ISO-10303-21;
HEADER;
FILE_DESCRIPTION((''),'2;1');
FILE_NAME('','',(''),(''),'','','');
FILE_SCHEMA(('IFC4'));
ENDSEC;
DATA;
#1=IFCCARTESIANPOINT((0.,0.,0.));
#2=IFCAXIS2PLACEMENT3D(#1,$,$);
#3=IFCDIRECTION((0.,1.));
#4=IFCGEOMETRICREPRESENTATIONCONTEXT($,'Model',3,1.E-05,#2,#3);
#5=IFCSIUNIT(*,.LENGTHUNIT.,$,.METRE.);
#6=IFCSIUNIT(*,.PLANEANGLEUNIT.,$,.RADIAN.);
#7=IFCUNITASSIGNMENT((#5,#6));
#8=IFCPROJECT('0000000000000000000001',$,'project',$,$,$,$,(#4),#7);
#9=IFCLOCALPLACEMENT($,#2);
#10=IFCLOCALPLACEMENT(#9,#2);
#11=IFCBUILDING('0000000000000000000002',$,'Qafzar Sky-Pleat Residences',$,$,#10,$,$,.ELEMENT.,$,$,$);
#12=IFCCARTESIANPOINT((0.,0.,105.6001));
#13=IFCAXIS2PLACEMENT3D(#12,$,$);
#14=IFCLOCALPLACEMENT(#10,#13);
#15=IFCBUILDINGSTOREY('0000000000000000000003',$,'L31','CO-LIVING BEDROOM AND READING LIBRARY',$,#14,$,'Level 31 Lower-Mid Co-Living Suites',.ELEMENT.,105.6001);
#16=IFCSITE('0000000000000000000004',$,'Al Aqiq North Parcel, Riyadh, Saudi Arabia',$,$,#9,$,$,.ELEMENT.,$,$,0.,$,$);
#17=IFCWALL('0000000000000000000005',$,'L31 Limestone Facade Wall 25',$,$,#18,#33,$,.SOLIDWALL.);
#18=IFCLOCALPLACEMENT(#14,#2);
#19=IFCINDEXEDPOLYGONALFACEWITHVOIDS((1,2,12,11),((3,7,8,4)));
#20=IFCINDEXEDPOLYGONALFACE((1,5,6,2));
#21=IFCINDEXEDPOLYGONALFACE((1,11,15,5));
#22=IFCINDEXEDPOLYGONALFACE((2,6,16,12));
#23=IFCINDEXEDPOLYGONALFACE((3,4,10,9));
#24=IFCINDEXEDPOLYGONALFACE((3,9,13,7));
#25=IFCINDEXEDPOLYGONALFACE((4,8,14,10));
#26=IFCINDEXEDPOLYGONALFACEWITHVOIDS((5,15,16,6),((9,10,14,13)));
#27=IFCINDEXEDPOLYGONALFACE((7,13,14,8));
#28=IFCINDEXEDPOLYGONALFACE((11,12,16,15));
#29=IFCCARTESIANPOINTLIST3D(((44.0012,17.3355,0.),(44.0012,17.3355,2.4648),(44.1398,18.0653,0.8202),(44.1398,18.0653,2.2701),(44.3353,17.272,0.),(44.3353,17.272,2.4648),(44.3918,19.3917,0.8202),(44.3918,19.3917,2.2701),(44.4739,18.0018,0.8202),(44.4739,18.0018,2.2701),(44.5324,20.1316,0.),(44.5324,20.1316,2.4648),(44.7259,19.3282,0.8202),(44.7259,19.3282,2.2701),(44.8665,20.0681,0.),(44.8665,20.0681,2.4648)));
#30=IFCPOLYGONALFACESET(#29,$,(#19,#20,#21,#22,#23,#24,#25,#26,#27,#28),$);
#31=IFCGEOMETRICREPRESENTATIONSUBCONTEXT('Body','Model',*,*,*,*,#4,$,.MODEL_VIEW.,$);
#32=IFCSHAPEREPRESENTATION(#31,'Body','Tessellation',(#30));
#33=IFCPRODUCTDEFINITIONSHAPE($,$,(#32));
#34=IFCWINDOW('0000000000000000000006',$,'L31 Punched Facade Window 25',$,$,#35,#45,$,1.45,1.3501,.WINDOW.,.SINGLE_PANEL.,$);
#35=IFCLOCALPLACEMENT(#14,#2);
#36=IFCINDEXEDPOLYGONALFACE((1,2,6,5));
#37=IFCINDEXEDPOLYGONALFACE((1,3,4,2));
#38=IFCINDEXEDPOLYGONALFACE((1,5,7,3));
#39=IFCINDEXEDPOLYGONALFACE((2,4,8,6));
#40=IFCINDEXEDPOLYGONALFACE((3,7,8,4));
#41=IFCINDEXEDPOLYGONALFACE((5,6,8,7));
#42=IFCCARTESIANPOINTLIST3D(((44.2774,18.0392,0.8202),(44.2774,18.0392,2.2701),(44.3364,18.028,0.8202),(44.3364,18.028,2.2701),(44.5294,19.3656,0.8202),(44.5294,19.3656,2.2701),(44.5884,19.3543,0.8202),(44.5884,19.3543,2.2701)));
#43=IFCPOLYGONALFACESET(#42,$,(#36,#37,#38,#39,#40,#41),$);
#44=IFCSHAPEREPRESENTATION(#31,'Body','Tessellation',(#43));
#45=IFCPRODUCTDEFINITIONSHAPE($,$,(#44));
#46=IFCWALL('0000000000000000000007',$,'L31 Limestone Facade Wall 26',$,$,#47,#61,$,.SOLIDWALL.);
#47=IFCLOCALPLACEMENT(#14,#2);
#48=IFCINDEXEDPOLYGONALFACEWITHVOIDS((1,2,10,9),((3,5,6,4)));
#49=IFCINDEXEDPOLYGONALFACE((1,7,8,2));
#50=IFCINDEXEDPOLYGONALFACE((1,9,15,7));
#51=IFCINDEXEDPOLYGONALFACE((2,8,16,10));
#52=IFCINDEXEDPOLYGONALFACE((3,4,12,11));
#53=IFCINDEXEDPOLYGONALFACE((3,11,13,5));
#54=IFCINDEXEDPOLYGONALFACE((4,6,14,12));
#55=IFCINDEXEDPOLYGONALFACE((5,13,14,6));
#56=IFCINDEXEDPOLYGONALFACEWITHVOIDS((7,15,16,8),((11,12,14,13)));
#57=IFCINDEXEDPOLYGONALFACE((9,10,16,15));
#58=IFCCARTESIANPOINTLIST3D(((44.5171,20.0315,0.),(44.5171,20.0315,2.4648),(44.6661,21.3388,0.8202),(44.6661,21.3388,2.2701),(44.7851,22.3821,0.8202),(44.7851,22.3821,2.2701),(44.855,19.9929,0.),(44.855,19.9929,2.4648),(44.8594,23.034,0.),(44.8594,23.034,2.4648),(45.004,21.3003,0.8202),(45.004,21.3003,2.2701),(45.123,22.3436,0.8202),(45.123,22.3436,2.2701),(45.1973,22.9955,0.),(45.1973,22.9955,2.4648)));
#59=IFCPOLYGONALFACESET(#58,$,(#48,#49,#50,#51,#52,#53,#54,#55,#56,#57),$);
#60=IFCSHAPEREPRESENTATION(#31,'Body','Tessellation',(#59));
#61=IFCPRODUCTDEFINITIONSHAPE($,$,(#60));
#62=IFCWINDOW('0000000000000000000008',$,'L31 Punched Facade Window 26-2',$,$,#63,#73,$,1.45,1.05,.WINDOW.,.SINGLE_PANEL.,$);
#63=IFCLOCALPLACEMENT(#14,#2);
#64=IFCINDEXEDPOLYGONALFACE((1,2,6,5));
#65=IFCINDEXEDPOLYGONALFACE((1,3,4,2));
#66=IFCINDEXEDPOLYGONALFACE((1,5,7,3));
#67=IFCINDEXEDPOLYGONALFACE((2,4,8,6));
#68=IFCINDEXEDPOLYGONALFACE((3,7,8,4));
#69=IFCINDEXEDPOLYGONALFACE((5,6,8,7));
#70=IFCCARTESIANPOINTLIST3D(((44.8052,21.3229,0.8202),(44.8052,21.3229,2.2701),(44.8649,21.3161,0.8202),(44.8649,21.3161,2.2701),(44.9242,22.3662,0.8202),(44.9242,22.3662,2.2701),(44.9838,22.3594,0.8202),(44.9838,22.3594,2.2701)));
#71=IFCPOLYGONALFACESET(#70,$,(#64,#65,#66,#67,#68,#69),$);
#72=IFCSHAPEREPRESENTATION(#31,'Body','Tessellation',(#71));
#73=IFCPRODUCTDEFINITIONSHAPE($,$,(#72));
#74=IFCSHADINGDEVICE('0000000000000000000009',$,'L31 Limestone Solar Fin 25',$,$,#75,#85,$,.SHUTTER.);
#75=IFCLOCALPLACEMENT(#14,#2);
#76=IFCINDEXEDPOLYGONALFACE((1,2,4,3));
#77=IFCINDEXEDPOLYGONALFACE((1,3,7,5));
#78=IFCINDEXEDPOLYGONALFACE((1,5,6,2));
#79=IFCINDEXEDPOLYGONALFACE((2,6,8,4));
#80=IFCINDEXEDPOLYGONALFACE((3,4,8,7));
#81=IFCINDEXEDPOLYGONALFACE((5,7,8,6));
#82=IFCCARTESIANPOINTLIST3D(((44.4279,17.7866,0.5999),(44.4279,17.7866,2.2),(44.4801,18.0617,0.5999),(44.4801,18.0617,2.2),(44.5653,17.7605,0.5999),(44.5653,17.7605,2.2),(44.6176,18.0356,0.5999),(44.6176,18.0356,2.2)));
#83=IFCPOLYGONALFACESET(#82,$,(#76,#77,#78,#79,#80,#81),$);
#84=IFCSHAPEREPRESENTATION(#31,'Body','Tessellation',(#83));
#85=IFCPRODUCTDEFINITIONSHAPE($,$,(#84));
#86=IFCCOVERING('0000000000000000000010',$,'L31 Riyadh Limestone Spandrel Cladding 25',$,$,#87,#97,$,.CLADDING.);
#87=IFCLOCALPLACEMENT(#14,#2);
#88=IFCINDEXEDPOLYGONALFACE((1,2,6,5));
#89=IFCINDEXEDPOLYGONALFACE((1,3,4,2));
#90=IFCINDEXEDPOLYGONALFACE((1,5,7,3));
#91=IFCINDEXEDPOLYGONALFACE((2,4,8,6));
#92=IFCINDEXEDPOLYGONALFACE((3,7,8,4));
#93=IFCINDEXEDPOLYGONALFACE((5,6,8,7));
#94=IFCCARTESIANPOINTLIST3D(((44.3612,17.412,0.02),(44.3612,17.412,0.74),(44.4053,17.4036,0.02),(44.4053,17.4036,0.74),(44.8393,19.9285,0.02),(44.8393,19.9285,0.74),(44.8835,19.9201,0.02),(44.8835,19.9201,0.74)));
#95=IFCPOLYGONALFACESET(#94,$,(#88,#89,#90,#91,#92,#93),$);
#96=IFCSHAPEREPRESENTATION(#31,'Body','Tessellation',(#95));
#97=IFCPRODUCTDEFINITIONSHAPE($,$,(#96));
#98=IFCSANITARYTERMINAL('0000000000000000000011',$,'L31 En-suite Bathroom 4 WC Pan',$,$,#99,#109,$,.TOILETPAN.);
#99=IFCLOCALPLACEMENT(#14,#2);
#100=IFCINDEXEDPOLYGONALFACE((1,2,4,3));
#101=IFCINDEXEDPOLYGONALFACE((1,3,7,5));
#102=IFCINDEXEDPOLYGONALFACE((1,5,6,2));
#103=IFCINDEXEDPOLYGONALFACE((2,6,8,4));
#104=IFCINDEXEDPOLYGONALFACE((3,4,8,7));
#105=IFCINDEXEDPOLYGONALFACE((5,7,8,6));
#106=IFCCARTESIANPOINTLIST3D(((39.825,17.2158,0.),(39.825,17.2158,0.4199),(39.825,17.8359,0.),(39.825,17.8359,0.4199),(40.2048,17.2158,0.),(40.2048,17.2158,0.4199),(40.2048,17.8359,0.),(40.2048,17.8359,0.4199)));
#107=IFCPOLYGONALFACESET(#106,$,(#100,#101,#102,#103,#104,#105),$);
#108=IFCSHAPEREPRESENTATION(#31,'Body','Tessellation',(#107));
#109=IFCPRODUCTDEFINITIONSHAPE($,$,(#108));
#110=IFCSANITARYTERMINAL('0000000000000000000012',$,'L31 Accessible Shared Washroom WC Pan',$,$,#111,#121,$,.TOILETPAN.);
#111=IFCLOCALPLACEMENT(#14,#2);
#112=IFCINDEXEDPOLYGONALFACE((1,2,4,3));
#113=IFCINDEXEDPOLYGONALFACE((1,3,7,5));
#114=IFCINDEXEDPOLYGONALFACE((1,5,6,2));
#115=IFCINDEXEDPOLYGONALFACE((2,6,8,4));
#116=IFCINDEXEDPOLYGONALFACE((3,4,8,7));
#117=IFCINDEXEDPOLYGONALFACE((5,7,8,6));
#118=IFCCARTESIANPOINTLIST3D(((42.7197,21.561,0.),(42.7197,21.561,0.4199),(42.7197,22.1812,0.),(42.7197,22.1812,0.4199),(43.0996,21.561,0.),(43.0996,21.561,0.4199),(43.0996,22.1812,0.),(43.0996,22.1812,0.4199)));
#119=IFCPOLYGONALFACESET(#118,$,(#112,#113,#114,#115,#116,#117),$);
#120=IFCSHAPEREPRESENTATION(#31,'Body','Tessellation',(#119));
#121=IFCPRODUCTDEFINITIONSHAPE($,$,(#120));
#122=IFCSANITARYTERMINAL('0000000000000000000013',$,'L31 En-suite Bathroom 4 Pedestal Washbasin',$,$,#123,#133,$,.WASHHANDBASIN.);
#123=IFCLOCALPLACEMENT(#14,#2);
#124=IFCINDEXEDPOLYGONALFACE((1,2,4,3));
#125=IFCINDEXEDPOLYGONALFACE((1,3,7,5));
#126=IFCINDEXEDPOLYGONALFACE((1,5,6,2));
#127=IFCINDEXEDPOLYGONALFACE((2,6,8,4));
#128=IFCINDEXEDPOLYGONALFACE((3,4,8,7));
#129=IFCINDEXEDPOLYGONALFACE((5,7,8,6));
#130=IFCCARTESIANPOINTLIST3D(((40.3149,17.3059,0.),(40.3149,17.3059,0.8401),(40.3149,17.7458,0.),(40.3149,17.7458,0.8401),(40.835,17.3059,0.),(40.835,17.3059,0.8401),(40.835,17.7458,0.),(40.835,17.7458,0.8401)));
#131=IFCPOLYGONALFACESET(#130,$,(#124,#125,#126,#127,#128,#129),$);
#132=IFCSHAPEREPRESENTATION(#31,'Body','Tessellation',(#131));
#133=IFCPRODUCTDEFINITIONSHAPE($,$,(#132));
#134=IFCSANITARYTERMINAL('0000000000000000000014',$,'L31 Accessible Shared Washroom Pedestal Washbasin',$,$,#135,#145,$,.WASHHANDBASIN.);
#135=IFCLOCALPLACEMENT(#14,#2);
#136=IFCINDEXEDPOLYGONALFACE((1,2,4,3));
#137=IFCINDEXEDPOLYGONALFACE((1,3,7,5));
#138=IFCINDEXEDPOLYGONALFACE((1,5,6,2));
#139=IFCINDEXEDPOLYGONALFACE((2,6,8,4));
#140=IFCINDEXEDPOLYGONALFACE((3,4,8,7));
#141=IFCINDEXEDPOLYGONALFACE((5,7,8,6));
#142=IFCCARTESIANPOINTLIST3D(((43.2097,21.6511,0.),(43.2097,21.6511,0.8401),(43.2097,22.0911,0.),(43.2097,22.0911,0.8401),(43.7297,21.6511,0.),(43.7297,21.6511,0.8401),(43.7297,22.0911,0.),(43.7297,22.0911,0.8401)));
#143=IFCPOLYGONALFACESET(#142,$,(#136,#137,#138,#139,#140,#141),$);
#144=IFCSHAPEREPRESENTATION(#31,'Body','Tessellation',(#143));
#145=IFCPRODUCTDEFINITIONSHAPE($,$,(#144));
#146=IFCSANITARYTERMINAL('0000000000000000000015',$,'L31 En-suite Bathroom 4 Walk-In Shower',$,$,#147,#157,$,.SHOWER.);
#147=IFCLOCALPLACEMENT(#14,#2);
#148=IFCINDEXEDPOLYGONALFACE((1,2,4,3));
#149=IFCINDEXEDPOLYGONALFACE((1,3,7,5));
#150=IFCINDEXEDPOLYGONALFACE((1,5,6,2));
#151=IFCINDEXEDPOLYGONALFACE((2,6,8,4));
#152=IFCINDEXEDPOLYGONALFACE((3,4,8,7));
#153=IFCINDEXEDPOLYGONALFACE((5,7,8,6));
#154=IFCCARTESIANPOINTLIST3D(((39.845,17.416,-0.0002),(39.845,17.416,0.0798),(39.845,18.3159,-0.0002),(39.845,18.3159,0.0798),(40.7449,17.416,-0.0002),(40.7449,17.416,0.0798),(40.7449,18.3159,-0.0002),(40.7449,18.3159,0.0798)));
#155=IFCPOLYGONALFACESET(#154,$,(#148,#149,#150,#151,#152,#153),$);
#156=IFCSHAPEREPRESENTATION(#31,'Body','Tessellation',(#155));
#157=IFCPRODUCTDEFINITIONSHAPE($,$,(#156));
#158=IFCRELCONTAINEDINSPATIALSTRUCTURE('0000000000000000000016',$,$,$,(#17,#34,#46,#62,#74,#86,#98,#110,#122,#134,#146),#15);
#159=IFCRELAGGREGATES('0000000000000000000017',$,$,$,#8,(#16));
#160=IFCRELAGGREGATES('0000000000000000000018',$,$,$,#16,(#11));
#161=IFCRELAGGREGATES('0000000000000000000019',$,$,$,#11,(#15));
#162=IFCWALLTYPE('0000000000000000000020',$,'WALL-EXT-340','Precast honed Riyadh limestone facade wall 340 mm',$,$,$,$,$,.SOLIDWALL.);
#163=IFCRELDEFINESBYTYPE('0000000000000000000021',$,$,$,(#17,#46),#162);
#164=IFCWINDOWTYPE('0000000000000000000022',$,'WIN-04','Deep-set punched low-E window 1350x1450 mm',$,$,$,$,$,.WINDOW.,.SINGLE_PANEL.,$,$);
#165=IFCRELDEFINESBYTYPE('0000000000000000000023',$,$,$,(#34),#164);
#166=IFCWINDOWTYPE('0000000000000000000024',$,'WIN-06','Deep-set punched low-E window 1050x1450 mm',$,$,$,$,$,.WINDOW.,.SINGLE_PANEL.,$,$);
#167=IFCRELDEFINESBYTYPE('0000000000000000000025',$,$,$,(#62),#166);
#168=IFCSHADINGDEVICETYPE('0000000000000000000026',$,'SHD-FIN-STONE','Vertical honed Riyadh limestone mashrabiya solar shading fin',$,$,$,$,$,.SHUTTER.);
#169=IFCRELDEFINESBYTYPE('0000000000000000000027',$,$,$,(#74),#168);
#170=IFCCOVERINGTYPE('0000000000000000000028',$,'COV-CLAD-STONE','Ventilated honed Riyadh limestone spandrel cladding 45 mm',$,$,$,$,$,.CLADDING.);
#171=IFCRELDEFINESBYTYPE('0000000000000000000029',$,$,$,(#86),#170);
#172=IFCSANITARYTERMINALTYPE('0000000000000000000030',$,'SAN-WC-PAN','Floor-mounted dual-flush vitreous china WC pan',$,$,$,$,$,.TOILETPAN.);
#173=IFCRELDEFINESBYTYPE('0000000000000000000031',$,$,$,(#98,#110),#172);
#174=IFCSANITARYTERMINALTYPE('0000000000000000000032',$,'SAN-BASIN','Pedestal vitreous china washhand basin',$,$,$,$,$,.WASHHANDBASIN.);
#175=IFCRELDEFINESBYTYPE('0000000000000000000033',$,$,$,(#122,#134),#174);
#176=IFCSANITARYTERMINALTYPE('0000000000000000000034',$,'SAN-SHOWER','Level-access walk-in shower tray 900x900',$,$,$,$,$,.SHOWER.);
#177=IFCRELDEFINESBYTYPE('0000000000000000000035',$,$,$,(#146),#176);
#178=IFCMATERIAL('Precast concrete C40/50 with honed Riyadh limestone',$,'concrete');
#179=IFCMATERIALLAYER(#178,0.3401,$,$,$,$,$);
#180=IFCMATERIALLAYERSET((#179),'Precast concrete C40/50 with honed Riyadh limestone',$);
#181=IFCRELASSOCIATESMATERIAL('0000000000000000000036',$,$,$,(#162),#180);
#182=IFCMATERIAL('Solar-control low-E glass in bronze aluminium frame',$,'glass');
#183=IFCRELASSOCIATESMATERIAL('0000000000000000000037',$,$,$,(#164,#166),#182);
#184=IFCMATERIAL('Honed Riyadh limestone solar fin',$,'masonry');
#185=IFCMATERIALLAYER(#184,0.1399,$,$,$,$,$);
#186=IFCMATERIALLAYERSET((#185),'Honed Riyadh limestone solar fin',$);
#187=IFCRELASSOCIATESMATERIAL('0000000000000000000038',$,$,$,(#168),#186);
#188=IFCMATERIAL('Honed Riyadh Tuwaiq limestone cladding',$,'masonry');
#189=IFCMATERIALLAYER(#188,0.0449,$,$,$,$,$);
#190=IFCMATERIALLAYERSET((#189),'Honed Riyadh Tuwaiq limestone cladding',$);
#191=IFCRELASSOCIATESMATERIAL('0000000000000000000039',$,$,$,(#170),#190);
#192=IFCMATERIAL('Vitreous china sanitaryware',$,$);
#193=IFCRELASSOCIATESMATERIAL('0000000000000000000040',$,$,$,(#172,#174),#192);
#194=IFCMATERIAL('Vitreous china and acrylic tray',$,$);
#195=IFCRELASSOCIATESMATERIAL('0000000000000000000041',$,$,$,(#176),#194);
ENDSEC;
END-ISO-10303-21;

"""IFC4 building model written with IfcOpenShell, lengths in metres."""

from ifc_helpers import new_model, si_unit, direction, frame, frame_2d, origin, origin_2d, place, context, subcontext, project, spatial, rectangle, extrude, source, transform, mapped, material, layer, layer_set, type_object, element, fill, save


model = new_model("IFC4")

# Units and contexts
model_context = context("Model", 3, precision=1e-05, world=origin(), true_north=direction((0.0, 1.0)))
body_context = subcontext(model_context, "Body", "Model", "MODEL_VIEW")
ifc_project = project(units=[si_unit("LENGTHUNIT", "METRE"), si_unit("PLANEANGLEUNIT", "RADIAN")], contexts=[model_context])

# Site, building, storey
site_placement = place(None, origin())
site = spatial("IfcSite", under=ifc_project, at=site_placement, Name="Al Aqiq North Parcel, Riyadh, Saudi Arabia", CompositionType="ELEMENT", RefElevation=0.0)
building_placement = place(site_placement, origin())
building = spatial("IfcBuilding", under=site, at=building_placement, Name="Qafzar Sky-Pleat Residences", CompositionType="ELEMENT")
storey_placement = place(building_placement, frame((0.0, 0.0, 105.6001)))
storey = spatial("IfcBuildingStorey", under=building, at=storey_placement, Name="L31", Description="CO-LIVING BEDROOM AND READING LIBRARY", LongName="Level 31 Lower-Mid Co-Living Suites", CompositionType="ELEMENT", Elevation=105.6001)

# Walls, openings, windows
ifc_material_1 = material(Name="Precast concrete C40/50 with honed Riyadh limestone", Category="concrete")
ifc_layer_1 = layer(ifc_material_1, 0.3401)
ifc_layer_set_1 = layer_set([ifc_layer_1], Name="Precast concrete C40/50 with honed Riyadh limestone")
wall_type_1 = type_object("IfcWallType", Name="WALL-EXT-340", Description="Precast honed Riyadh limestone facade wall 340 mm", PredefinedType="SOLIDWALL", material=ifc_layer_set_1)
wall_1_placement = place(storey_placement, frame((44.1682, 17.3037, 0.0), z_axis=(0.0, 0.0, 1.0), x_axis=(0.186655, 0.982426, 0.0)))
wall_1 = element("IfcWall", 1, at=wall_1_placement, inside=storey, type_object=wall_type_1, Name="L31 Limestone Facade Wall 25", PredefinedType="SOLIDWALL", context=body_context, shape_type="SweptSolid", body=[
    extrude(rectangle(XDim=2.8462, YDim=0.3401, at=frame_2d((1.4231, 0.0))), origin(), (0.0, 0.0, 1.0), 2.4648),
])
opening_1_placement = place(wall_1_placement, frame((0.7429, 0.0, 0.8201)))
opening_1 = element("IfcOpeningElement", 2, at=opening_1_placement, cuts=wall_1, PredefinedType="OPENING", context=body_context, shape_type="SweptSolid", body=[
    extrude(rectangle(XDim=1.3501, YDim=1.45, at=frame_2d((0.675, 0.7251))), frame((0.0, 0.1802, 0.0), z_axis=(0.0, -1.0, 0.0), x_axis=(1.0, 0.0, 0.0)), (0.0, 0.0, 1.0), 0.3601),
])
ifc_material_2 = material(Name="Solar-control low-E glass in bronze aluminium frame", Category="glass")
window_type_1 = type_object("IfcWindowType", Name="WIN-04", Description="Deep-set punched low-E window 1350x1450 mm", PartitioningType="SINGLE_PANEL", PredefinedType="WINDOW", material=ifc_material_2)
shared_shape_1 = source(origin(), body_context, "Body", "SweptSolid", [
    extrude(rectangle(XDim=1.3501, YDim=1.45, at=frame_2d((0.675, 0.7251))), frame((0.0, 0.03, 0.0), z_axis=(0.0, -1.0, 0.0), x_axis=(1.0, 0.0, 0.0)), (0.0, 0.0, 1.0), 0.0601),
])
window_1_placement = place(opening_1_placement, origin())
window_1 = element("IfcWindow", 3, at=window_1_placement, inside=storey, type_object=window_type_1, Name="L31 Punched Facade Window 25", OverallHeight=1.45, OverallWidth=1.3501, PartitioningType="SINGLE_PANEL", PredefinedType="WINDOW", context=body_context, shape_type="MappedRepresentation", body=[
    mapped(shared_shape_1, transform((0.0, 0.0, 0.0), x_axis=(1.0, 0.0, 0.0), y_axis=(0.0, 1.0, 0.0), z_axis=(0.0, 0.0, 1.0), scale=1.0)),
])
fill(opening_1, window_1)
wall_2_placement = place(storey_placement, frame((44.686, 20.0122, 0.0), z_axis=(0.0, 0.0, 1.0), x_axis=(0.113269, 0.993564, 0.0)))
wall_2 = element("IfcWall", 4, at=wall_2_placement, inside=storey, type_object=wall_type_1, Name="L31 Limestone Facade Wall 26", PredefinedType="SOLIDWALL", context=body_context, shape_type="SweptSolid", body=[
    extrude(rectangle(XDim=3.022, YDim=0.3401, at=frame_2d((1.511, 0.0))), origin(), (0.0, 0.0, 1.0), 2.4648),
])
opening_2_placement = place(wall_2_placement, frame((1.3159, 0.0, 0.8201)))
opening_2 = element("IfcOpeningElement", 5, at=opening_2_placement, cuts=wall_2, PredefinedType="OPENING", context=body_context, shape_type="SweptSolid", body=[
    extrude(rectangle(XDim=1.05, YDim=1.45, at=frame_2d((0.5249, 0.7251))), frame((0.0, 0.1802, 0.0), z_axis=(0.0, -1.0, 0.0), x_axis=(1.0, 0.0, 0.0)), (0.0, 0.0, 1.0), 0.3601),
])
window_type_2 = type_object("IfcWindowType", Name="WIN-06", Description="Deep-set punched low-E window 1050x1450 mm", PartitioningType="SINGLE_PANEL", PredefinedType="WINDOW", material=ifc_material_2)
shared_shape_2 = source(origin(), body_context, "Body", "SweptSolid", [
    extrude(rectangle(XDim=1.05, YDim=1.45, at=frame_2d((0.5249, 0.7251))), frame((0.0, 0.03, 0.0), z_axis=(0.0, -1.0, 0.0), x_axis=(1.0, 0.0, 0.0)), (0.0, 0.0, 1.0), 0.0601),
])
window_2_placement = place(opening_2_placement, origin())
window_2 = element("IfcWindow", 6, at=window_2_placement, inside=storey, type_object=window_type_2, Name="L31 Punched Facade Window 26-2", OverallHeight=1.45, OverallWidth=1.05, PartitioningType="SINGLE_PANEL", PredefinedType="WINDOW", context=body_context, shape_type="MappedRepresentation", body=[
    mapped(shared_shape_2, transform((0.0, 0.0, 0.0), x_axis=(1.0, 0.0, 0.0), y_axis=(0.0, 1.0, 0.0), z_axis=(0.0, 0.0, 1.0), scale=1.0)),
])
fill(opening_2, window_2)

# Shading device
ifc_material_3 = material(Name="Honed Riyadh limestone solar fin", Category="masonry")
ifc_layer_2 = layer(ifc_material_3, 0.1399)
ifc_layer_set_2 = layer_set([ifc_layer_2], Name="Honed Riyadh limestone solar fin")
shading_device_type = type_object("IfcShadingDeviceType", Name="SHD-FIN-STONE", Description="Vertical honed Riyadh limestone mashrabiya solar shading fin", PredefinedType="SHUTTER", material=ifc_layer_set_2)
shared_shape_3 = source(origin(), body_context, "Body", "SweptSolid", [
    extrude(rectangle(XDim=0.1399, YDim=0.28, at=origin_2d()), origin(), (0.0, 0.0, 1.0), 1.6001),
])
shading_device_placement = place(storey_placement, frame((44.5227, 17.9111, 0.5999), z_axis=(0.0, 0.0, 1.0), x_axis=(0.982424, -0.186663, 0.0)))
element("IfcShadingDevice", 7, at=shading_device_placement, inside=storey, type_object=shading_device_type, Name="L31 Limestone Solar Fin 25", PredefinedType="SHUTTER", context=body_context, shape_type="MappedRepresentation", body=[
    mapped(shared_shape_3, transform((0.0, 0.0, 0.0), x_axis=(1.0, 0.0, 0.0), y_axis=(0.0, 1.0, 0.0), z_axis=(0.0, 0.0, 1.0), scale=1.0)),
])

# Covering
ifc_material_4 = material(Name="Honed Riyadh Tuwaiq limestone cladding", Category="masonry")
ifc_layer_3 = layer(ifc_material_4, 0.0449)
ifc_layer_set_3 = layer_set([ifc_layer_3], Name="Honed Riyadh Tuwaiq limestone cladding")
covering_type = type_object("IfcCoveringType", Name="COV-CLAD-STONE", Description="Ventilated honed Riyadh limestone spandrel cladding 45 mm", PredefinedType="CLADDING", material=ifc_layer_set_3)
shared_shape_4 = source(origin(), body_context, "Body", "SweptSolid", [
    extrude(rectangle(XDim=2.5615, YDim=0.0449, at=origin_2d()), origin(), (0.0, 0.0, 1.0), 0.72),
])
covering_placement = place(storey_placement, frame((44.6223, 18.666, 0.02), z_axis=(0.0, 0.0, 1.0), x_axis=(0.186675, 0.982422, 0.0)))
element("IfcCovering", 8, at=covering_placement, inside=storey, type_object=covering_type, Name="L31 Riyadh Limestone Spandrel Cladding 25", PredefinedType="CLADDING", context=body_context, shape_type="MappedRepresentation", body=[
    mapped(shared_shape_4, transform((0.0, 0.0, 0.0), x_axis=(1.0, 0.0, 0.0), y_axis=(0.0, 1.0, 0.0), z_axis=(0.0, 0.0, 1.0), scale=1.0)),
])

# Sanitary terminals
ifc_material_5 = material(Name="Vitreous china sanitaryware")
sanitary_terminal_type_1 = type_object("IfcSanitaryTerminalType", Name="SAN-WC-PAN", Description="Floor-mounted dual-flush vitreous china WC pan", PredefinedType="TOILETPAN", material=ifc_material_5)
shared_shape_5 = source(origin(), body_context, "Body", "SweptSolid", [
    extrude(rectangle(XDim=0.3799, YDim=0.6201, at=origin_2d()), origin(), (0.0, 0.0, 1.0), 0.4199),
])
for number, where, z_axis, x_axis, name in (
    (9, (40.0149, 17.5259, 0.0), (0.0, 0.0, 1.0), (1.0, 0.0, 0.0), "L31 En-suite Bathroom 4 WC Pan"),
    (10, (42.9097, 21.8711, 0.0), (0.0, 0.0, 1.0), (1.0, 0.0, 0.0), "L31 Accessible Shared Washroom WC Pan"),
):
    element("IfcSanitaryTerminal", number, at=place(storey_placement, frame(where, z_axis=z_axis, x_axis=x_axis)), inside=storey, type_object=sanitary_terminal_type_1, Name=name, PredefinedType="TOILETPAN", context=body_context, shape_type="MappedRepresentation", body=[
        mapped(shared_shape_5, transform((0.0, 0.0, 0.0), x_axis=(1.0, 0.0, 0.0), y_axis=(0.0, 1.0, 0.0), z_axis=(0.0, 0.0, 1.0), scale=1.0)),
    ])
sanitary_terminal_type_2 = type_object("IfcSanitaryTerminalType", Name="SAN-BASIN", Description="Pedestal vitreous china washhand basin", PredefinedType="WASHHANDBASIN", material=ifc_material_5)
shared_shape_6 = source(origin(), body_context, "Body", "SweptSolid", [
    extrude(rectangle(XDim=0.52, YDim=0.4399, at=origin_2d()), origin(), (0.0, 0.0, 1.0), 0.8401),
])
for number, where, z_axis, x_axis, name in (
    (11, (40.575, 17.5259, 0.0), (0.0, 0.0, 1.0), (1.0, 0.0, 0.0), "L31 En-suite Bathroom 4 Pedestal Washbasin"),
    (12, (43.4697, 21.8711, 0.0), (0.0, 0.0, 1.0), (1.0, 0.0, 0.0), "L31 Accessible Shared Washroom Pedestal Washbasin"),
):
    element("IfcSanitaryTerminal", number, at=place(storey_placement, frame(where, z_axis=z_axis, x_axis=x_axis)), inside=storey, type_object=sanitary_terminal_type_2, Name=name, PredefinedType="WASHHANDBASIN", context=body_context, shape_type="MappedRepresentation", body=[
        mapped(shared_shape_6, transform((0.0, 0.0, 0.0), x_axis=(1.0, 0.0, 0.0), y_axis=(0.0, 1.0, 0.0), z_axis=(0.0, 0.0, 1.0), scale=1.0)),
    ])
ifc_material_6 = material(Name="Vitreous china and acrylic tray")
sanitary_terminal_type_3 = type_object("IfcSanitaryTerminalType", Name="SAN-SHOWER", Description="Level-access walk-in shower tray 900x900", PredefinedType="SHOWER", material=ifc_material_6)
shared_shape_7 = source(origin(), body_context, "Body", "SweptSolid", [
    extrude(rectangle(XDim=0.8999, YDim=0.8999, at=origin_2d()), origin(), (0.0, 0.0, 1.0), 0.0801),
])
sanitary_terminal_placement = place(storey_placement, frame((40.2949, 17.866, -0.0002), z_axis=(0.0, 0.0, 1.0), x_axis=(1.0, 0.0, 0.0)))
element("IfcSanitaryTerminal", 13, at=sanitary_terminal_placement, inside=storey, type_object=sanitary_terminal_type_3, Name="L31 En-suite Bathroom 4 Walk-In Shower", PredefinedType="SHOWER", context=body_context, shape_type="MappedRepresentation", body=[
    mapped(shared_shape_7, transform((0.0, 0.0, 0.0), x_axis=(1.0, 0.0, 0.0), y_axis=(0.0, 1.0, 0.0), z_axis=(0.0, 0.0, 1.0), scale=1.0)),
])

save(model, "model.ifc")
